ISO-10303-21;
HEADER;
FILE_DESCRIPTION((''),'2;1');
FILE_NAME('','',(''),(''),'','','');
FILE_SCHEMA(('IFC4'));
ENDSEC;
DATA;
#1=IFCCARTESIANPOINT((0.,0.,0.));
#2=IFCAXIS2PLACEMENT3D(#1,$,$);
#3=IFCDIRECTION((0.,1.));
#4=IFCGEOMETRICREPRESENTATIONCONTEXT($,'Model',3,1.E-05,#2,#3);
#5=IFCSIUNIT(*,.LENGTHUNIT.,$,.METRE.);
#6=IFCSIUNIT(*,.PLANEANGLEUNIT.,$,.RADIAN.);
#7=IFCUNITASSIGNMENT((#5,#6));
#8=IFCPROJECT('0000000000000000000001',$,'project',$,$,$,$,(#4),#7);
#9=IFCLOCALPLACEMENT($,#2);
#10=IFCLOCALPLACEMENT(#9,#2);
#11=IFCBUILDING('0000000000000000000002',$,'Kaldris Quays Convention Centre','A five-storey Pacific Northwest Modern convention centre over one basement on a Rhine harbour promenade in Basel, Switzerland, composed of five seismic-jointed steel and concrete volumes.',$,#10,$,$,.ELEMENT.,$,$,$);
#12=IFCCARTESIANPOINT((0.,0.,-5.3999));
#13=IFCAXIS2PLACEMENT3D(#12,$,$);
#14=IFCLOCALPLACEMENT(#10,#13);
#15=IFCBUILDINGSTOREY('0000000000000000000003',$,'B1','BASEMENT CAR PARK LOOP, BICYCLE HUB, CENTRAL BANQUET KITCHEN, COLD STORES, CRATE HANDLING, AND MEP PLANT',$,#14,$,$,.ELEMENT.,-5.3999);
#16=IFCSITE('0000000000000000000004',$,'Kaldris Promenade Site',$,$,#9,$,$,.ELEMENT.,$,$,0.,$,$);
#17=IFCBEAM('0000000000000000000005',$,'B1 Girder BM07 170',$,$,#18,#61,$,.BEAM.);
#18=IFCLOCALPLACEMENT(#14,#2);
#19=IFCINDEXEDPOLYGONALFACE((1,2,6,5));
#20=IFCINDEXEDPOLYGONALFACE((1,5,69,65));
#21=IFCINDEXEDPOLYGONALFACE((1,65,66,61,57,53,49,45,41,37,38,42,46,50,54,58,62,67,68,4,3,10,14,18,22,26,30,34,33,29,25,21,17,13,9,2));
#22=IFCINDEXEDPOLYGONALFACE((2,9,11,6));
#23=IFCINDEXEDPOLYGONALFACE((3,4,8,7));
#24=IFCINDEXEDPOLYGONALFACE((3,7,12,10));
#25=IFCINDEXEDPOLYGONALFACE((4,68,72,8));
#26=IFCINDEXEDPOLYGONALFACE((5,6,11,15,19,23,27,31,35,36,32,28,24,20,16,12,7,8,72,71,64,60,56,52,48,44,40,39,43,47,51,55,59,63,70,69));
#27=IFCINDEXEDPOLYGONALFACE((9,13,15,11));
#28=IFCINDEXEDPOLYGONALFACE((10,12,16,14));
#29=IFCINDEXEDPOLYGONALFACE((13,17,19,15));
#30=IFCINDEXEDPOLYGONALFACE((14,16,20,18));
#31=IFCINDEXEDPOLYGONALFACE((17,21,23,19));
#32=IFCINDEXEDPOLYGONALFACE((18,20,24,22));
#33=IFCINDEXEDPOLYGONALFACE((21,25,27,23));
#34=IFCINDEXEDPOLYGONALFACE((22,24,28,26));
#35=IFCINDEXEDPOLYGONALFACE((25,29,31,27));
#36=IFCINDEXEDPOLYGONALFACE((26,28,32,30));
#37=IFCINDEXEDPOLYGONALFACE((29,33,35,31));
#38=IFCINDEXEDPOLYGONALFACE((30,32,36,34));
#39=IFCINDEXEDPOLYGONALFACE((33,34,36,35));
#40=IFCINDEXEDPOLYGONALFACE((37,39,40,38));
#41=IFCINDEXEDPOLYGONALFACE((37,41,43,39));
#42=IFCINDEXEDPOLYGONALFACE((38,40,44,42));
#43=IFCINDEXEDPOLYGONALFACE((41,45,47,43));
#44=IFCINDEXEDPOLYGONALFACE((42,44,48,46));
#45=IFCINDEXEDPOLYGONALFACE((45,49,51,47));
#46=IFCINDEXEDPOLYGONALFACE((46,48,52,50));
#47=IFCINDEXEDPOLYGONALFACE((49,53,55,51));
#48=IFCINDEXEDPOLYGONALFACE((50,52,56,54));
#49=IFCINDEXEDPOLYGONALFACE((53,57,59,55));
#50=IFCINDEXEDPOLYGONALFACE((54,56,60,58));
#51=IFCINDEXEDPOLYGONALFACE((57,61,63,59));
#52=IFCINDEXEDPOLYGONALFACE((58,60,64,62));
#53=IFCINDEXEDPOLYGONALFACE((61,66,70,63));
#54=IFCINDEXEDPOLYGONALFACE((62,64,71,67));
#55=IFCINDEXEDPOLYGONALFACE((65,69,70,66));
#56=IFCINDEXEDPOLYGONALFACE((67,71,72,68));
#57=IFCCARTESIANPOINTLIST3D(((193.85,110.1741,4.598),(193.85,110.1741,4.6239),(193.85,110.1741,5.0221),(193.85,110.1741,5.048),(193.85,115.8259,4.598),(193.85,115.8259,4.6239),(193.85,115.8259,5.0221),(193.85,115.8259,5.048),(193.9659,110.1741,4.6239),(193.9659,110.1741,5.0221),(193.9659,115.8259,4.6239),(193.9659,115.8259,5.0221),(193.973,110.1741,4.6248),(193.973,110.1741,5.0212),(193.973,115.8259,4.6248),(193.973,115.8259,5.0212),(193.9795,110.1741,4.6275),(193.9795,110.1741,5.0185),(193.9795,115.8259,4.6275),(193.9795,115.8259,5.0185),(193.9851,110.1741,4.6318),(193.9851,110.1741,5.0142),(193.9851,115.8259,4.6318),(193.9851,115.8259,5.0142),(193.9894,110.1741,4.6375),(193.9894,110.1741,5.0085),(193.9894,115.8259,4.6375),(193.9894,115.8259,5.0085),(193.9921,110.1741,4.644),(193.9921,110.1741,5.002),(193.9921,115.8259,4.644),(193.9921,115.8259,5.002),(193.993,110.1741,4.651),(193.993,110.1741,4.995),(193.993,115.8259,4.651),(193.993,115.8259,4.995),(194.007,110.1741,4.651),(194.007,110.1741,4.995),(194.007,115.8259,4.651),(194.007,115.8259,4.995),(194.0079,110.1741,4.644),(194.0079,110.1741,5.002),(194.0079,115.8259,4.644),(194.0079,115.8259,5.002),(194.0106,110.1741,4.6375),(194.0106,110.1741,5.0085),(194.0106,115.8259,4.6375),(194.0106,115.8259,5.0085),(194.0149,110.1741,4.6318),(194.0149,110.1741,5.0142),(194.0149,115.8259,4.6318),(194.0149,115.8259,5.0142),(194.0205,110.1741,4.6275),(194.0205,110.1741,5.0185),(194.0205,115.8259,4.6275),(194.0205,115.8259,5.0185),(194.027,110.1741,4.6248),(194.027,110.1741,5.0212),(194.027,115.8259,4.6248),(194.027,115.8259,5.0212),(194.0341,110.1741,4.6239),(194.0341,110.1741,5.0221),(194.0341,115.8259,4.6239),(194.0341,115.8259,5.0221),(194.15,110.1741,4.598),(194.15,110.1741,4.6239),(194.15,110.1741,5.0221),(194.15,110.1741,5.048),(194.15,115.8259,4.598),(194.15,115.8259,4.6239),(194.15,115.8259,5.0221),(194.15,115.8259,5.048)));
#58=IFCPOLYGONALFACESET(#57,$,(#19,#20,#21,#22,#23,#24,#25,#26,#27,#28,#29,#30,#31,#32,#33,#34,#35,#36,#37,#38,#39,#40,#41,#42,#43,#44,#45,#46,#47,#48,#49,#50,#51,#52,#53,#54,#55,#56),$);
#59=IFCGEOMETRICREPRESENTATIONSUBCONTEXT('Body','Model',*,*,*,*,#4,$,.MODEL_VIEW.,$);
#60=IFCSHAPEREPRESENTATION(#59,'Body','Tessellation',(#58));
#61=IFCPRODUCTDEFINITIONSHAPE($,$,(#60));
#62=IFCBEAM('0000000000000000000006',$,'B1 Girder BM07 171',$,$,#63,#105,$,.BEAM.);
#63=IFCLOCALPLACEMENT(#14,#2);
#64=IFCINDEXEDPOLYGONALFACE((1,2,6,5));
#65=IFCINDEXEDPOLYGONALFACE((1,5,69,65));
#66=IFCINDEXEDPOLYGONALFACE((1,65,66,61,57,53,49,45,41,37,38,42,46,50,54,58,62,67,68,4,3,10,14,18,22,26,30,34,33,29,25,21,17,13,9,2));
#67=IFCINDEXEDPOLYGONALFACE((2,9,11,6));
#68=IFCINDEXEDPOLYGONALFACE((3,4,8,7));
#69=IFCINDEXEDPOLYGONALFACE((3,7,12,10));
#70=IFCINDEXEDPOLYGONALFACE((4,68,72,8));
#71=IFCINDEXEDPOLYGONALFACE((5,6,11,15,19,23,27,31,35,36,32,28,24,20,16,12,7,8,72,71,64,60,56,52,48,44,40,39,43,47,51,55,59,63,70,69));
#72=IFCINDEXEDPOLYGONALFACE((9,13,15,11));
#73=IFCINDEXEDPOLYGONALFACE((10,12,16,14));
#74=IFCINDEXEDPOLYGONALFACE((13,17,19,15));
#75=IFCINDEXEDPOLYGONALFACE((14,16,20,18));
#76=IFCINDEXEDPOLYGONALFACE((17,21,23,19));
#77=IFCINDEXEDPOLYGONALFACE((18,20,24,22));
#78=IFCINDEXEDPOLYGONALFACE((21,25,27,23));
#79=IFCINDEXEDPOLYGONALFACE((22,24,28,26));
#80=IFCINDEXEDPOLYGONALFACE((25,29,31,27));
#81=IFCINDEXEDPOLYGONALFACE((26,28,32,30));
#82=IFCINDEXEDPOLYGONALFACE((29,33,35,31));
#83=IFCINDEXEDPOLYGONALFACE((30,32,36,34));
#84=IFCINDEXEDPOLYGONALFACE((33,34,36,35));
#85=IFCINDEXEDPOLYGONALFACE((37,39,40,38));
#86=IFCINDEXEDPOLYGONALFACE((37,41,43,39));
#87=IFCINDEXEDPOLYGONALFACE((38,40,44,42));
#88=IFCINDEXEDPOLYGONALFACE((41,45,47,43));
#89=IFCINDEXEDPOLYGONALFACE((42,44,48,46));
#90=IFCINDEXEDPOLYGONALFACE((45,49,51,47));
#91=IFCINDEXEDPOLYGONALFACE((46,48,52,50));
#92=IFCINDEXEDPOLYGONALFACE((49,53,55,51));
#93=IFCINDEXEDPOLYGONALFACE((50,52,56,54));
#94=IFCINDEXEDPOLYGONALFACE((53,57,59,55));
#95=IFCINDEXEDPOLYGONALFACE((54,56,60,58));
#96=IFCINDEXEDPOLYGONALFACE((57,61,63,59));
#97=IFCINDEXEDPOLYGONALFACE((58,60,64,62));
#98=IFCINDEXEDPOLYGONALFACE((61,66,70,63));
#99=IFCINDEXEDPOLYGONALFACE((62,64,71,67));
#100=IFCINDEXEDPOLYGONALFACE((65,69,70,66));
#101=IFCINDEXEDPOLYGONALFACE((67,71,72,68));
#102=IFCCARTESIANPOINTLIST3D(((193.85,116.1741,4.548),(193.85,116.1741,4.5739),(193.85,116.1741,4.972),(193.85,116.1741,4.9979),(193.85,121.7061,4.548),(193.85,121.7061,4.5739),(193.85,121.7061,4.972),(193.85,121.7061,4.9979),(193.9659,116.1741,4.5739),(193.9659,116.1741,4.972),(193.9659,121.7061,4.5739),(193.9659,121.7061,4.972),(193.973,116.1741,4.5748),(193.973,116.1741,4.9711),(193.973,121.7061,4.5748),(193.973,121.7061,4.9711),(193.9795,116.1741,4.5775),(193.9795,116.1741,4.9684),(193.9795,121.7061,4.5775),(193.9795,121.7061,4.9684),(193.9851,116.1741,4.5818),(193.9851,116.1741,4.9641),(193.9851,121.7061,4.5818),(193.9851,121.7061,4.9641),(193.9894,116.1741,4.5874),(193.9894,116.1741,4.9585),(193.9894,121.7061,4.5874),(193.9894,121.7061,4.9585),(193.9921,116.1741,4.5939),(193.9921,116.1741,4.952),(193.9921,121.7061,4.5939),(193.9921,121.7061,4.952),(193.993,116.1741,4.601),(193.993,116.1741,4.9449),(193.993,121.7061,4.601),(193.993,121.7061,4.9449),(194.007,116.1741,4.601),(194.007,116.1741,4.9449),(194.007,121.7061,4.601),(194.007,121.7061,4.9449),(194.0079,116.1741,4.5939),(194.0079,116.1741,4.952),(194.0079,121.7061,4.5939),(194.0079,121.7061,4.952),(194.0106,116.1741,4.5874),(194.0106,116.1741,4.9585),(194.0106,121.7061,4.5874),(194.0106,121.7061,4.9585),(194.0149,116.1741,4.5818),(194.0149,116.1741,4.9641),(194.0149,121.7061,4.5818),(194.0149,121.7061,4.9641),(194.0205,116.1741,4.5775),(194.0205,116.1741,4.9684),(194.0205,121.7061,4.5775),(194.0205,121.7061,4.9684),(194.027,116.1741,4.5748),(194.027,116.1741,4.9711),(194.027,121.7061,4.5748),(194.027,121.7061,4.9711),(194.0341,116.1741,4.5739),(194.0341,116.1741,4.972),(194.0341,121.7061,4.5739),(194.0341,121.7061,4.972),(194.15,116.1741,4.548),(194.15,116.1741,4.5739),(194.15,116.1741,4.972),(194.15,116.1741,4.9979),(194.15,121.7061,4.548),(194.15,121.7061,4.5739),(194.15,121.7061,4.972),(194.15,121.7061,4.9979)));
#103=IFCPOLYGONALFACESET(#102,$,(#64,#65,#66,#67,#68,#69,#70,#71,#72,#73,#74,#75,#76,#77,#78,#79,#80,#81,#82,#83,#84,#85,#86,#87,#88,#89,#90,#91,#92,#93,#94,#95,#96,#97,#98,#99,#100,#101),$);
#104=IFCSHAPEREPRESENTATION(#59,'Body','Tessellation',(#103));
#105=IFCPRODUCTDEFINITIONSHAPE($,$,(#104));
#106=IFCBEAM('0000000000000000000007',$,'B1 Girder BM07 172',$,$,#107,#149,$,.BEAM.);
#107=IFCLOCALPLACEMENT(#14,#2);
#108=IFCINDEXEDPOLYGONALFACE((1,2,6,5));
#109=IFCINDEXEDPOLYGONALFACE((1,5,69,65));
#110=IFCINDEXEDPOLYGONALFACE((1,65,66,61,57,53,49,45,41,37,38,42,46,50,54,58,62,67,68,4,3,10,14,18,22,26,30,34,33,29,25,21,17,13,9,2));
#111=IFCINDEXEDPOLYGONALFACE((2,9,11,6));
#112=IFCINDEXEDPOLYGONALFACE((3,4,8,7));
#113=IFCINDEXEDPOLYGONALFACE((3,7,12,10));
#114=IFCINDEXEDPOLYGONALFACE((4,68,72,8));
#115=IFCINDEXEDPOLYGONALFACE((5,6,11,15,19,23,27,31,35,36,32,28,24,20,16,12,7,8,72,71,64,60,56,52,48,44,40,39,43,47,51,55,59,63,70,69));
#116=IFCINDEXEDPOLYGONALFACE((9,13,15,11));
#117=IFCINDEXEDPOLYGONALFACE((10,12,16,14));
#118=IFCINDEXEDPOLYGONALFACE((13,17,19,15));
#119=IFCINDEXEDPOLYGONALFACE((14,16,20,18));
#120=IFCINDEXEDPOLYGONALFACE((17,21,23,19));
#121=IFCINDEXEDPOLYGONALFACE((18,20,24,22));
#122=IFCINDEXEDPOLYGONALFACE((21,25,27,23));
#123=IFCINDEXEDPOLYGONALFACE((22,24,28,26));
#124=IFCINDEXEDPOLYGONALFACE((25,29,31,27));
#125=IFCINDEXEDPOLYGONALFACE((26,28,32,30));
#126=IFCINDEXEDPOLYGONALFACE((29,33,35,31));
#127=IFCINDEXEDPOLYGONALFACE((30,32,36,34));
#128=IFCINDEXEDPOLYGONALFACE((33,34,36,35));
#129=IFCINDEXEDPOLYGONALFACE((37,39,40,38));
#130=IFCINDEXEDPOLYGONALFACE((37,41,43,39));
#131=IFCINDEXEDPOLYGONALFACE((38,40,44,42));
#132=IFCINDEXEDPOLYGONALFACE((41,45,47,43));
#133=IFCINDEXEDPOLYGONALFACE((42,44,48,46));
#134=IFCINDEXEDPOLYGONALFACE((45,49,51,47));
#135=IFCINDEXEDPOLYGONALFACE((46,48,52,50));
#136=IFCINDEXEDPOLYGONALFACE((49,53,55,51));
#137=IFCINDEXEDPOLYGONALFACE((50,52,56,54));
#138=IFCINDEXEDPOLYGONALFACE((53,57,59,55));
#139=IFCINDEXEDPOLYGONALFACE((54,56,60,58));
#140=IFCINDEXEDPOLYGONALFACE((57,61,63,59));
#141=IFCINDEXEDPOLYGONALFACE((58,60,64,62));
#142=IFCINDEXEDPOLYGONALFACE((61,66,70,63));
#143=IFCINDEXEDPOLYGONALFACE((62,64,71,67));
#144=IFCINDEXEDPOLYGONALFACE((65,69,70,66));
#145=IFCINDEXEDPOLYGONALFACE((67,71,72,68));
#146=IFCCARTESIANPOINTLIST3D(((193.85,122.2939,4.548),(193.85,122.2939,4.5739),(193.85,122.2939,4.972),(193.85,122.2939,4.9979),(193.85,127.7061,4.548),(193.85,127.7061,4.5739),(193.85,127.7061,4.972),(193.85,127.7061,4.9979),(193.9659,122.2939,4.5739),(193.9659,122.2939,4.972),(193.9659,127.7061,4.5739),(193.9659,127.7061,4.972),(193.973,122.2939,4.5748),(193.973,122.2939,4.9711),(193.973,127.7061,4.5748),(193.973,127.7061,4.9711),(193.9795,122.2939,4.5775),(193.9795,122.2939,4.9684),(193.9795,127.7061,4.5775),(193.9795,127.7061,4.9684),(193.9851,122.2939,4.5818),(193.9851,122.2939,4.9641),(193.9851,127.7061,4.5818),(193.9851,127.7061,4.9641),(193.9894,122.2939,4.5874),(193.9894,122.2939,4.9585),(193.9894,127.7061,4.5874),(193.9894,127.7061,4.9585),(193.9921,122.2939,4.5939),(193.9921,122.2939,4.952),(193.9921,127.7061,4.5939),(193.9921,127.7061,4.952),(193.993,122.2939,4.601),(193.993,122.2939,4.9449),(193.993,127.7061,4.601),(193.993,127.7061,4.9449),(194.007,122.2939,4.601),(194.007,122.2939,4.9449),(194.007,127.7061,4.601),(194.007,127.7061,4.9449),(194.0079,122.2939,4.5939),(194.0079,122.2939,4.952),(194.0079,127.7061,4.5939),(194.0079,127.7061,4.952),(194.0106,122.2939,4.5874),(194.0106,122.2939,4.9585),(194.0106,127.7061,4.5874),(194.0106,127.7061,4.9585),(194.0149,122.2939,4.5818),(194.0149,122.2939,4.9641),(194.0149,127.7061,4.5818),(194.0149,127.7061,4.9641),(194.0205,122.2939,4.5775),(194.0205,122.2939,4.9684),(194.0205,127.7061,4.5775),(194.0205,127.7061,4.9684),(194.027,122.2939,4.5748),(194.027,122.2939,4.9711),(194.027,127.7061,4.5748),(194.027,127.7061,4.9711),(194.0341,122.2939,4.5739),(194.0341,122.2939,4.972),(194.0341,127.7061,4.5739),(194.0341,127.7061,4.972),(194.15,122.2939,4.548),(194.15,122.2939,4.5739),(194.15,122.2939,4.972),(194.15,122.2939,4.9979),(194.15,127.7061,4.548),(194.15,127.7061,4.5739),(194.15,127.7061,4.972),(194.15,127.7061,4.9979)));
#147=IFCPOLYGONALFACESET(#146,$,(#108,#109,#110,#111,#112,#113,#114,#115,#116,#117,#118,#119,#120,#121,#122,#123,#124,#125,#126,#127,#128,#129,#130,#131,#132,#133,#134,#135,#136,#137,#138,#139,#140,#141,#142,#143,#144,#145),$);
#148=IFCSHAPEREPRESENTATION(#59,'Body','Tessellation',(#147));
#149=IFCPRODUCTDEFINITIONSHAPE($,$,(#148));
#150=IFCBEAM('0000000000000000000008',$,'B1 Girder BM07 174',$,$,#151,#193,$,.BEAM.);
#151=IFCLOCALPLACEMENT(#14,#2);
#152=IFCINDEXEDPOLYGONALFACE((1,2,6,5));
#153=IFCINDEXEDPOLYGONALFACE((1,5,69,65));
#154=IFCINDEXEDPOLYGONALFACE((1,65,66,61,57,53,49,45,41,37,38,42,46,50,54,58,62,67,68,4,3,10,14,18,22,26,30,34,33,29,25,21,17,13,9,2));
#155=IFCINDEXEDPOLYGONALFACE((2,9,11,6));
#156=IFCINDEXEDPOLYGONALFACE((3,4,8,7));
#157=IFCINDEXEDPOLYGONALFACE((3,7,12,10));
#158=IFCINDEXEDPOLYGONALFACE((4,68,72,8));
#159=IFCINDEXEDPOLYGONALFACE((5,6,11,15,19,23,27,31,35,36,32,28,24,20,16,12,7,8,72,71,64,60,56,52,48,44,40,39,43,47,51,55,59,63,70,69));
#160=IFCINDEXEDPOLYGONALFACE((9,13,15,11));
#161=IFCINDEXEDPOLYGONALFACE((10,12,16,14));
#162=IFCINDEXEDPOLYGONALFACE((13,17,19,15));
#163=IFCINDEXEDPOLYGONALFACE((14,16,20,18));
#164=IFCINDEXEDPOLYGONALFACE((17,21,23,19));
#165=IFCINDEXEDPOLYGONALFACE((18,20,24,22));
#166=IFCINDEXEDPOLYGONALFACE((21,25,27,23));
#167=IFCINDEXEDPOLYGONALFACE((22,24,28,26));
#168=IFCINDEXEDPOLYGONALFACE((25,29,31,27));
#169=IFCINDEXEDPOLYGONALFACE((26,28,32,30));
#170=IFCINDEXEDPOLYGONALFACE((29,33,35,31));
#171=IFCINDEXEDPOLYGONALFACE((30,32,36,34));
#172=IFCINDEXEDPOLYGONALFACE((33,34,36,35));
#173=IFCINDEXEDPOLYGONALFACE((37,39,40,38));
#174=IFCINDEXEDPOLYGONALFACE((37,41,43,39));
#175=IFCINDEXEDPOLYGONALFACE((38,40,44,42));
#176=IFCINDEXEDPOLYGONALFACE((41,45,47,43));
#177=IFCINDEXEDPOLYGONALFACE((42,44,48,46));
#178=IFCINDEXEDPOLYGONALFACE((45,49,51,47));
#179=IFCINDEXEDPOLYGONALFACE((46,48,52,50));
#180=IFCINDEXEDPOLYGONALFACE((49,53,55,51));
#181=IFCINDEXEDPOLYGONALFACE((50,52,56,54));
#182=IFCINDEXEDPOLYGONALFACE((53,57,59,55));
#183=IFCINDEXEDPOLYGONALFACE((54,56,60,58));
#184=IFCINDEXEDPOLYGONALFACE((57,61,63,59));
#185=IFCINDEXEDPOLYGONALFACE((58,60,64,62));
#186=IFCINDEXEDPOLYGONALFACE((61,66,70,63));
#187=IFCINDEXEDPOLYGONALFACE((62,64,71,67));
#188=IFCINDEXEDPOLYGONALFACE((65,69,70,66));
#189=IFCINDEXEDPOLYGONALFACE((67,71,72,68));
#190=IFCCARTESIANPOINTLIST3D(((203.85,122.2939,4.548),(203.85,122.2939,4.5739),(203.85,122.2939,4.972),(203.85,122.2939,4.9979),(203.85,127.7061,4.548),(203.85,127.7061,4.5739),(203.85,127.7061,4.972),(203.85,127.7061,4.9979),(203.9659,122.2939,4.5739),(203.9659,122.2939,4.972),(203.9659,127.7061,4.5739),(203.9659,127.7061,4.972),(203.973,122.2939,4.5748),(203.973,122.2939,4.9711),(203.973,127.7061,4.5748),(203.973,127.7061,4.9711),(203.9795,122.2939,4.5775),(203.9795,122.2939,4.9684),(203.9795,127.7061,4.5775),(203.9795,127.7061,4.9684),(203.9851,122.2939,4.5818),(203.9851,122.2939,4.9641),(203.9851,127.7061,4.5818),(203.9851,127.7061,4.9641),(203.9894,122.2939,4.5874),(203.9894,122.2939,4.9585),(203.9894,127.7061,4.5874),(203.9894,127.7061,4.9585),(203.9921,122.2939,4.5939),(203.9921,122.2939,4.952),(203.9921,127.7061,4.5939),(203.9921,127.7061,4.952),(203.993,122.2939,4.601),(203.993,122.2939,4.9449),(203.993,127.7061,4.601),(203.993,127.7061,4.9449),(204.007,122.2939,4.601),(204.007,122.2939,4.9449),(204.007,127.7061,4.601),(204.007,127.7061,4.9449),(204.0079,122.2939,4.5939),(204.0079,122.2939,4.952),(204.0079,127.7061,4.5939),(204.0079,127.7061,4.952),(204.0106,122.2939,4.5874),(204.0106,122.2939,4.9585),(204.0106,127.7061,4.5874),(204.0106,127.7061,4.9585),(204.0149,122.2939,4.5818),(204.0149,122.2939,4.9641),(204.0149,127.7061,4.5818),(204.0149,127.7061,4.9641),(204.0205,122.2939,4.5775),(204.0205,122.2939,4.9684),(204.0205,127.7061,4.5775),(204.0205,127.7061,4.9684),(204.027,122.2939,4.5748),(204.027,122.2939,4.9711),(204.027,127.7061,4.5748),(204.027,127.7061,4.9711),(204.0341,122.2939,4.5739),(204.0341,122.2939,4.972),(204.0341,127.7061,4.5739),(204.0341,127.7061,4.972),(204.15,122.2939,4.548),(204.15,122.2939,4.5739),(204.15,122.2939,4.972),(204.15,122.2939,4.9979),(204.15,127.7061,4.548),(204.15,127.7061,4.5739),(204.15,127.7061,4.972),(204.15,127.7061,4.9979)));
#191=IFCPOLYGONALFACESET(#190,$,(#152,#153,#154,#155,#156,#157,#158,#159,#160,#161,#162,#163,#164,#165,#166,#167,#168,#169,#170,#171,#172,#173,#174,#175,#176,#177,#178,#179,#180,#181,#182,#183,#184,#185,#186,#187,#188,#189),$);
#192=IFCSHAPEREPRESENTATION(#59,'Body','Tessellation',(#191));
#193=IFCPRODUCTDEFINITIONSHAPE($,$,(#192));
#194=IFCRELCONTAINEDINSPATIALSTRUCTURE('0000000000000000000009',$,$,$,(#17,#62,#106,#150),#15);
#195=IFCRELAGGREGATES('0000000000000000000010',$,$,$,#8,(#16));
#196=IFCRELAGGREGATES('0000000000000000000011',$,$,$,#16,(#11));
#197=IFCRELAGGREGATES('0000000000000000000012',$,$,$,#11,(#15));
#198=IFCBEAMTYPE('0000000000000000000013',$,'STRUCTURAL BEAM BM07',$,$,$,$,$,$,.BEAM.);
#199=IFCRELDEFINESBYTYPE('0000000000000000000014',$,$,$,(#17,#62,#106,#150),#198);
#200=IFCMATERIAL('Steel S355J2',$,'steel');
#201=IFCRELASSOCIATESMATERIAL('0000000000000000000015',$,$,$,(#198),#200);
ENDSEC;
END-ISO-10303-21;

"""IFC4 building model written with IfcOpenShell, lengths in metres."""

from ifc_helpers import new_model, si_unit, direction, frame, origin, origin_2d, place, context, subcontext, project, spatial, i_section, extrude, material, material_profile, profile_set, type_object, element, save


model = new_model("IFC4")

# Units and contexts
model_context = context("Model", 3, precision=1e-05, world=origin(), true_north=direction((0.0, 1.0)))
body_context = subcontext(model_context, "Body", "Model", "MODEL_VIEW")
ifc_project = project(units=[si_unit("LENGTHUNIT", "METRE"), si_unit("PLANEANGLEUNIT", "RADIAN")], contexts=[model_context])

# Site, building, storey
site_placement = place(None, origin())
site = spatial("IfcSite", under=ifc_project, at=site_placement, Name="Kaldris Promenade Site", CompositionType="ELEMENT", RefElevation=0.0)
building_placement = place(site_placement, origin())
building = spatial("IfcBuilding", under=site, at=building_placement, Name="Kaldris Quays Convention Centre", Description="A five-storey Pacific Northwest Modern convention centre over one basement on a Rhine harbour promenade in Basel, Switzerland, composed of five seismic-jointed steel and concrete volumes.", CompositionType="ELEMENT")
storey_placement = place(building_placement, frame((0.0, 0.0, -5.3999)))
storey = spatial("IfcBuildingStorey", under=building, at=storey_placement, Name="B1", Description="BASEMENT CAR PARK LOOP, BICYCLE HUB, CENTRAL BANQUET KITCHEN, COLD STORES, CRATE HANDLING, AND MEP PLANT", CompositionType="ELEMENT", Elevation=-5.3999)

# Shared definitions
ifc_material_1 = material(Name="Steel S355J2", Category="steel")

# Beams
ifc_material_profile_1 = material_profile(ifc_material_1, i_section(OverallWidth=0.3, OverallDepth=0.45, WebThickness=0.0139, FlangeThickness=0.0259, FilletRadius=0.0271, at=origin_2d()), Name="HEB 450")
ifc_profile_set_1 = profile_set([ifc_material_profile_1], Name="Steel S355J2")
beam_type_1 = type_object("IfcBeamType", Name="STRUCTURAL BEAM BM07", PredefinedType="BEAM", material=ifc_profile_set_1)
beam_1_placement = place(storey_placement, frame((194.0, 110.1741, 4.823), z_axis=(0.0, 1.0, 0.0), x_axis=(-1.0, 0.0, 0.0)))
element("IfcBeam", 1, at=beam_1_placement, inside=storey, type_object=beam_type_1, Name="B1 Girder BM07 170", PredefinedType="BEAM", context=body_context, shape_type="SweptSolid", body=[
    extrude(i_section(OverallWidth=0.3, OverallDepth=0.45, WebThickness=0.0139, FlangeThickness=0.0259, FilletRadius=0.0271, at=origin_2d()), origin(), (0.0, 0.0, 1.0), 5.6519),
])
beam_2_placement = place(storey_placement, frame((194.0, 116.1741, 4.7729), z_axis=(0.0, 1.0, 0.0), x_axis=(-1.0, 0.0, 0.0)))
element("IfcBeam", 2, at=beam_2_placement, inside=storey, type_object=beam_type_1, Name="B1 Girder BM07 171", PredefinedType="BEAM", context=body_context, shape_type="SweptSolid", body=[
    extrude(i_section(OverallWidth=0.3, OverallDepth=0.45, WebThickness=0.0139, FlangeThickness=0.0259, FilletRadius=0.0271, at=origin_2d()), origin(), (0.0, 0.0, 1.0), 5.532),
])
for number, where, z_axis, x_axis, name in (
    (3, (194.0, 122.2939, 4.7729), (0.0, 1.0, 0.0), (-1.0, 0.0, 0.0), "B1 Girder BM07 172"),
    (4, (204.0, 122.2939, 4.7729), (0.0, 1.0, 0.0), (-1.0, 0.0, 0.0), "B1 Girder BM07 174"),
):
    element("IfcBeam", number, at=place(storey_placement, frame(where, z_axis=z_axis, x_axis=x_axis)), inside=storey, type_object=beam_type_1, Name=name, PredefinedType="BEAM", context=body_context, shape_type="SweptSolid", body=[
        extrude(i_section(OverallWidth=0.3, OverallDepth=0.45, WebThickness=0.0139, FlangeThickness=0.0259, FilletRadius=0.0271, at=origin_2d()), origin(), (0.0, 0.0, 1.0), 5.4121),
    ])

save(model, "model.ifc")
